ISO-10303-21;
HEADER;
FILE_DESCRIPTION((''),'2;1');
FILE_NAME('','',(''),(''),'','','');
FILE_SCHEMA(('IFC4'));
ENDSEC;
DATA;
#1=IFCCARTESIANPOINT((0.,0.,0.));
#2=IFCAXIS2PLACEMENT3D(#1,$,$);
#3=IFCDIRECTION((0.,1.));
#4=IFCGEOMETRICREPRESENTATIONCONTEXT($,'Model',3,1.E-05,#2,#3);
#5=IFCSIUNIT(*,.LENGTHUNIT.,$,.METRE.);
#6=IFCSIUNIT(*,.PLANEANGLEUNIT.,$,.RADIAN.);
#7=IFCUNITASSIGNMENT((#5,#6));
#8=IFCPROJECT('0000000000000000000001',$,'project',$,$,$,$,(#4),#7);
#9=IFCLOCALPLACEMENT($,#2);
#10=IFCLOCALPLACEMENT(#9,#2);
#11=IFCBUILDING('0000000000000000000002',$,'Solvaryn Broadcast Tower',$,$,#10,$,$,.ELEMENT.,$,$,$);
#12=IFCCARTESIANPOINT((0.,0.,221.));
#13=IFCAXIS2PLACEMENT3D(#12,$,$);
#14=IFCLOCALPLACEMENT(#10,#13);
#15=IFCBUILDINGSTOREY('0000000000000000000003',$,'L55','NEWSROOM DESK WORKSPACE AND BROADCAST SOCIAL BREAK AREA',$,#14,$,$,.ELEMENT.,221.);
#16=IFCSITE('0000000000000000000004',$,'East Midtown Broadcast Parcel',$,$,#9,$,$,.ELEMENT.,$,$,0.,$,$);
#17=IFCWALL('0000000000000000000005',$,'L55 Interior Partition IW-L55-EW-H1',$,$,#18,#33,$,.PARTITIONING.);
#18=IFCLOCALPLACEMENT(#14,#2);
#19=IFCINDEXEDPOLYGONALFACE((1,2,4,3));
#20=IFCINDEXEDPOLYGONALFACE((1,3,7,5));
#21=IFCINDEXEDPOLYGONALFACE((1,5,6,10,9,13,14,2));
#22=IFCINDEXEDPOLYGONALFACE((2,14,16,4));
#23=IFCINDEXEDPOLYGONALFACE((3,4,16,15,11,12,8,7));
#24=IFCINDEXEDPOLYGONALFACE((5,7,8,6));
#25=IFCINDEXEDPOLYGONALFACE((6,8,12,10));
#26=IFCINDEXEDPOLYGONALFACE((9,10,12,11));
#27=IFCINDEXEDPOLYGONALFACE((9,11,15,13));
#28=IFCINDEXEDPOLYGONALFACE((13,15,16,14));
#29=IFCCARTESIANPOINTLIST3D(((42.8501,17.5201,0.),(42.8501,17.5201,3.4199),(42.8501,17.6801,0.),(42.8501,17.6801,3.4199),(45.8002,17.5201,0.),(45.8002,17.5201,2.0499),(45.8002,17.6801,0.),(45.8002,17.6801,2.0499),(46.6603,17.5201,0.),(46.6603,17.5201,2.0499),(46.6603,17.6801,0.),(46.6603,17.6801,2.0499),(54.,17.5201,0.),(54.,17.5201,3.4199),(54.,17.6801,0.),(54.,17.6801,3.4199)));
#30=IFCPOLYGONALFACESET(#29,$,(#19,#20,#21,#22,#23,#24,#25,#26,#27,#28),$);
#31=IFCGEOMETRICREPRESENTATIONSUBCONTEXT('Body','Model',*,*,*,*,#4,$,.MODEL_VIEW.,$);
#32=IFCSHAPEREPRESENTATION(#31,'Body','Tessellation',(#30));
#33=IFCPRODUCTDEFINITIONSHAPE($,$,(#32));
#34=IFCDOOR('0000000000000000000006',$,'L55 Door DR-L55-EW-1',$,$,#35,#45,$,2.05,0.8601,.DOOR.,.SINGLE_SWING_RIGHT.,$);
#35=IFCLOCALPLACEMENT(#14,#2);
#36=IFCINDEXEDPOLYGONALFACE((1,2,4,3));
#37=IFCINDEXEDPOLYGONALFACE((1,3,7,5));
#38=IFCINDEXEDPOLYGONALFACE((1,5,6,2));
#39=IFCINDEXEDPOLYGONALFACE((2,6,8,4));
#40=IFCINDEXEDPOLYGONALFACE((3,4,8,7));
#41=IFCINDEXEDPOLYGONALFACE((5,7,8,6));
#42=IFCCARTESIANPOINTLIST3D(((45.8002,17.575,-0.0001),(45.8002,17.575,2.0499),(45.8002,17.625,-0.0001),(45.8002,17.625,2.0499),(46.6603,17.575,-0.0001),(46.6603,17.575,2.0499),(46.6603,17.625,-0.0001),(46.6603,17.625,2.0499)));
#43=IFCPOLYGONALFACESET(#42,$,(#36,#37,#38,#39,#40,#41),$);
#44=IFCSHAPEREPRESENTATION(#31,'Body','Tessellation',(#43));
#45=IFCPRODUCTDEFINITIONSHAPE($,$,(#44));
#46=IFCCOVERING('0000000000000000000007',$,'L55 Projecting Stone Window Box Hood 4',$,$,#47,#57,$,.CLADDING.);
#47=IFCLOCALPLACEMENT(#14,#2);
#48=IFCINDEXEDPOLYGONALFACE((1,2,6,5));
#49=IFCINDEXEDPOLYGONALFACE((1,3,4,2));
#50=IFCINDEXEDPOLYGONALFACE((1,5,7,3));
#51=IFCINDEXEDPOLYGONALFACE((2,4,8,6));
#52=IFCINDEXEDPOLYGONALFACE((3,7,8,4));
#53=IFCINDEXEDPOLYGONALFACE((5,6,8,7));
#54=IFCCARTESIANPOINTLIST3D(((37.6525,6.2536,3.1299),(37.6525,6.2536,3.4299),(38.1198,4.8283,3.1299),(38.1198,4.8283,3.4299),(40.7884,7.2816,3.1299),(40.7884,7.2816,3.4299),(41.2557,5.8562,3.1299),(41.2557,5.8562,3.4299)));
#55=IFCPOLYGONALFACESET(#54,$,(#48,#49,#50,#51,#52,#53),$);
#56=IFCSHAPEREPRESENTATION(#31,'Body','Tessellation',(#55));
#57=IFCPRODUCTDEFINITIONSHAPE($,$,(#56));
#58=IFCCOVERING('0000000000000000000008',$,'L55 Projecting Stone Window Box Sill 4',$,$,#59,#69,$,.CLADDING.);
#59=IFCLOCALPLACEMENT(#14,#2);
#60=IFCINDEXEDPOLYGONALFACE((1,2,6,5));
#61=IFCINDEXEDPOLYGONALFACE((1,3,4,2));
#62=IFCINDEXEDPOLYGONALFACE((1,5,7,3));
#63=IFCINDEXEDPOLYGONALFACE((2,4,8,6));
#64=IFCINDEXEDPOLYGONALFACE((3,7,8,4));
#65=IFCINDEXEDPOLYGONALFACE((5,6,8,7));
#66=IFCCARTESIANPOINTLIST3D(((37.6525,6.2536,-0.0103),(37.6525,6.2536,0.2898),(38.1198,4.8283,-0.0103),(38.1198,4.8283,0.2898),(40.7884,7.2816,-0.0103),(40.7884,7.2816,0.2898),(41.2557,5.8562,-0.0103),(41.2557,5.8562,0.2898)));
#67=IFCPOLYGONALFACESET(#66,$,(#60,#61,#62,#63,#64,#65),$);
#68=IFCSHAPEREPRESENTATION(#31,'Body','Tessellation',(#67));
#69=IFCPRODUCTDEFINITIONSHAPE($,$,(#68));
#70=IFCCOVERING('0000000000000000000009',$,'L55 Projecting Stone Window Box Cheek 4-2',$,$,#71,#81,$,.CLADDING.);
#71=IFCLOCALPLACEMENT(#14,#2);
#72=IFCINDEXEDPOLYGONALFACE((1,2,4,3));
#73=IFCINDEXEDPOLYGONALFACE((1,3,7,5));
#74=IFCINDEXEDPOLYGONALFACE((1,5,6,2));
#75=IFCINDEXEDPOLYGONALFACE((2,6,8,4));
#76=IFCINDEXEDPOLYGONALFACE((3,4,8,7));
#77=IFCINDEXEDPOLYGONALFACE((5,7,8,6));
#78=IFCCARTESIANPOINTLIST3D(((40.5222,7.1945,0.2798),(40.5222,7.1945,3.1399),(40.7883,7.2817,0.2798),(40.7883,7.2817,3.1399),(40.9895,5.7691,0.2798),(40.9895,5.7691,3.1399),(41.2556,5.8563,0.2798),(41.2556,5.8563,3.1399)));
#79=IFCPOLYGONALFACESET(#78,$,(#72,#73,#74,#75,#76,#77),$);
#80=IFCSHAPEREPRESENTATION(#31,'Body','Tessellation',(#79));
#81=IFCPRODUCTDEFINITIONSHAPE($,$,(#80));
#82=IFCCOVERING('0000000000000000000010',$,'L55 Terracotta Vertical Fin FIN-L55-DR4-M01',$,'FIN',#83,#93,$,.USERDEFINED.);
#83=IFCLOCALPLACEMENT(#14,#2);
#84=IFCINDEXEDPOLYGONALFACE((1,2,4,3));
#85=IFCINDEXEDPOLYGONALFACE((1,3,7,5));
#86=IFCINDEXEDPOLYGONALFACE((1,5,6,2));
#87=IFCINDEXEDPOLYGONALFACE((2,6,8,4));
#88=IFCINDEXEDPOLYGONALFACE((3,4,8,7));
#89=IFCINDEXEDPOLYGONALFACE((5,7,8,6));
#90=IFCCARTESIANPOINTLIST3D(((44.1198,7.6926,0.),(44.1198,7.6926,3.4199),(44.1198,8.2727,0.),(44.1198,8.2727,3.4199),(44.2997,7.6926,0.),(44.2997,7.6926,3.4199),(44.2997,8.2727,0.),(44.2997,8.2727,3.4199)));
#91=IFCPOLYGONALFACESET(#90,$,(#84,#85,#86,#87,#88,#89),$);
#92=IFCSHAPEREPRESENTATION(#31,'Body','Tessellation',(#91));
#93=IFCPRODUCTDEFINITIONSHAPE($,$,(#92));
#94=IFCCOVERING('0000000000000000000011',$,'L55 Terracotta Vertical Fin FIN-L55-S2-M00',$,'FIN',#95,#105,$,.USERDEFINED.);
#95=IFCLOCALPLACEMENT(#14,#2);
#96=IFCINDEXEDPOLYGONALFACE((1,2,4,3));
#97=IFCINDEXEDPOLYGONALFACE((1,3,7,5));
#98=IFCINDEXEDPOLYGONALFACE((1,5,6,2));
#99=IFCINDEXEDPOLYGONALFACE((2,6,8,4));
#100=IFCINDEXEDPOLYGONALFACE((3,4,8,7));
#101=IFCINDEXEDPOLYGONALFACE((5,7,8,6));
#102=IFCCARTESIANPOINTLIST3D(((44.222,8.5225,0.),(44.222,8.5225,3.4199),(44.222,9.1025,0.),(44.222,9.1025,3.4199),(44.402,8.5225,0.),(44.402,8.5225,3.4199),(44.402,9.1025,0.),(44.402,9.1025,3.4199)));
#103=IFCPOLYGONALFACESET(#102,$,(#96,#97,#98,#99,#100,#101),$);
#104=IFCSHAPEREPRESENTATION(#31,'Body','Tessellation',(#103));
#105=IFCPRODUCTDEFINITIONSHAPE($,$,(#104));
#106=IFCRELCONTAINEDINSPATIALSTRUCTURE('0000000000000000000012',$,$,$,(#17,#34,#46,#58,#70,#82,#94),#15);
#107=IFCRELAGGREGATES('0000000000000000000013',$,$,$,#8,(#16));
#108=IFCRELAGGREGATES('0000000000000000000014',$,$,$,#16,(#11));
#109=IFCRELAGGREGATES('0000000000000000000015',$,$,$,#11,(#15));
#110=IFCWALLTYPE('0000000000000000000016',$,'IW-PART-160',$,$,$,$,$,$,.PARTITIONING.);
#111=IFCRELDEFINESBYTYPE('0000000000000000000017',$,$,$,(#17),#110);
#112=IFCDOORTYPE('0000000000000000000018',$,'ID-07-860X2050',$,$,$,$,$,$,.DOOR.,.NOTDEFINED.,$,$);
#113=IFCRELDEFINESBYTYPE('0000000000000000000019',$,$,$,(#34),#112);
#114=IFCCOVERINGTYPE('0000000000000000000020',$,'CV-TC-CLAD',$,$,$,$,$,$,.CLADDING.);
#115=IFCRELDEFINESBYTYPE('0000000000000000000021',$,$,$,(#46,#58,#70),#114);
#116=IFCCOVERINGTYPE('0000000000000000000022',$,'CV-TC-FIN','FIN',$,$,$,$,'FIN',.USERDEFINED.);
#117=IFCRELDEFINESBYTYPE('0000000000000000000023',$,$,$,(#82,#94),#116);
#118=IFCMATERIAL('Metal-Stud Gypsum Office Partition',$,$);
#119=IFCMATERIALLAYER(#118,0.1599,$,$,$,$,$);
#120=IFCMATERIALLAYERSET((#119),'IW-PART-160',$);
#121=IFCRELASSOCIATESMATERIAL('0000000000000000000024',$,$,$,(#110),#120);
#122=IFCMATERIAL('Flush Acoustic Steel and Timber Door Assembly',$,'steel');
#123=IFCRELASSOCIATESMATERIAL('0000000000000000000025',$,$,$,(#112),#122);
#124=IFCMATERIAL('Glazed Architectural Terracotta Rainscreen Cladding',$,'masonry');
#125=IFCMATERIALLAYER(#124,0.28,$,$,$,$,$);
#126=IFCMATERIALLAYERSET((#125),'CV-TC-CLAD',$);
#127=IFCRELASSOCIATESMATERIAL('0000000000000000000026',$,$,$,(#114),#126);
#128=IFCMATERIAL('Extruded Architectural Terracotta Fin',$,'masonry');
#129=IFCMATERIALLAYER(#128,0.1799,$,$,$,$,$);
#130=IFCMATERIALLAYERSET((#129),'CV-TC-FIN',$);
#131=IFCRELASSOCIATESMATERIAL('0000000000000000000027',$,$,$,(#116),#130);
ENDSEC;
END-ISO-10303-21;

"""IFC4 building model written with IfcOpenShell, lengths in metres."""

from ifc_helpers import new_model, si_unit, direction, frame, frame_2d, origin, origin_2d, place, context, subcontext, project, spatial, rectangle, extrude, material, layer, layer_set, type_object, element, fill, save


model = new_model("IFC4")

# Units and contexts
model_context = context("Model", 3, precision=1e-05, world=origin(), true_north=direction((0.0, 1.0)))
body_context = subcontext(model_context, "Body", "Model", "MODEL_VIEW")
ifc_project = project(units=[si_unit("LENGTHUNIT", "METRE"), si_unit("PLANEANGLEUNIT", "RADIAN")], contexts=[model_context])

# Site, building, storey
site_placement = place(None, origin())
site = spatial("IfcSite", under=ifc_project, at=site_placement, Name="East Midtown Broadcast Parcel", CompositionType="ELEMENT", RefElevation=0.0)
building_placement = place(site_placement, origin())
building = spatial("IfcBuilding", under=site, at=building_placement, Name="Solvaryn Broadcast Tower", CompositionType="ELEMENT")
storey_placement = place(building_placement, frame((0.0, 0.0, 221.0)))
storey = spatial("IfcBuildingStorey", under=building, at=storey_placement, Name="L55", Description="NEWSROOM DESK WORKSPACE AND BROADCAST SOCIAL BREAK AREA", CompositionType="ELEMENT", Elevation=221.0)

# Shared definitions
ifc_material_1 = material(Name="Metal-Stud Gypsum Office Partition")
ifc_layer_1 = layer(ifc_material_1, 0.1599)
ifc_layer_set_1 = layer_set([ifc_layer_1], Name="IW-PART-160")
wall_type_1 = type_object("IfcWallType", Name="IW-PART-160", PredefinedType="PARTITIONING", material=ifc_layer_set_1)

# Wall, opening, door
wall_1_placement = place(storey_placement, frame((42.8501, 17.6001, 0.0), z_axis=(0.0, 0.0, 1.0), x_axis=(1.0, 0.0, 0.0)))
wall_1 = element("IfcWall", 1, at=wall_1_placement, inside=storey, type_object=wall_type_1, Name="L55 Interior Partition IW-L55-EW-H1", PredefinedType="PARTITIONING", context=body_context, shape_type="SweptSolid", body=[
    extrude(rectangle(XDim=11.1499, YDim=0.1599, at=frame_2d((5.575, 0.0))), origin(), (0.0, 0.0, 1.0), 3.4199),
])
opening_1_placement = place(wall_1_placement, frame((2.95, 0.0, 0.0)))
opening_1 = element("IfcOpeningElement", 2, at=opening_1_placement, cuts=wall_1, PredefinedType="OPENING", context=body_context, shape_type="SweptSolid", body=[
    extrude(rectangle(XDim=0.8601, YDim=2.05, at=frame_2d((0.4302, 1.0249))), frame((0.0, 0.0901, 0.0), z_axis=(0.0, -1.0, 0.0), x_axis=(1.0, 0.0, 0.0)), (0.0, 0.0, 1.0), 0.1799),
])
ifc_material_2 = material(Name="Flush Acoustic Steel and Timber Door Assembly", Category="steel")
door_type_1 = type_object("IfcDoorType", Name="ID-07-860X2050", OperationType="NOTDEFINED", PredefinedType="DOOR", material=ifc_material_2)
door_1_placement = place(opening_1_placement, origin())
door_1 = element("IfcDoor", 3, at=door_1_placement, inside=storey, type_object=door_type_1, Name="L55 Door DR-L55-EW-1", OperationType="SINGLE_SWING_RIGHT", OverallHeight=2.05, OverallWidth=0.8601, PredefinedType="DOOR", context=body_context, shape_type="SweptSolid", body=[
    extrude(rectangle(XDim=0.8601, YDim=2.05, at=frame_2d((0.4302, 1.0249))), frame((0.0, 0.0249, 0.0), z_axis=(0.0, -1.0, 0.0), x_axis=(1.0, 0.0, 0.0)), (0.0, 0.0, 1.0), 0.05),
])
fill(opening_1, door_1)

# Coverings
ifc_material_3 = material(Name="Glazed Architectural Terracotta Rainscreen Cladding", Category="masonry")
ifc_layer_2 = layer(ifc_material_3, 0.28)
ifc_layer_set_2 = layer_set([ifc_layer_2], Name="CV-TC-CLAD")
covering_type_1 = type_object("IfcCoveringType", Name="CV-TC-CLAD", PredefinedType="CLADDING", material=ifc_layer_set_2)
for number, where, z_axis, x_axis, name in (
    (4, (39.4541, 6.0549, 3.1299), (0.0, 0.0, 1.0), (0.950244, 0.311506, 0.0), "L55 Projecting Stone Window Box Hood 4"),
    (5, (39.4541, 6.0549, -0.0103), (0.0, 0.0, 1.0), (0.950244, 0.311506, 0.0), "L55 Projecting Stone Window Box Sill 4"),
):
    element("IfcCovering", number, at=place(storey_placement, frame(where, z_axis=z_axis, x_axis=x_axis)), inside=storey, type_object=covering_type_1, Name=name, PredefinedType="CLADDING", context=body_context, shape_type="SweptSolid", body=[
        extrude(rectangle(XDim=3.3, YDim=1.5, at=origin_2d()), origin(), (0.0, 0.0, 1.0), 0.3),
    ])
covering_placement = place(storey_placement, frame((40.8889, 6.5254, 0.2798), z_axis=(0.0, 0.0, 1.0), x_axis=(0.950244, 0.311506, 0.0)))
element("IfcCovering", 6, at=covering_placement, inside=storey, type_object=covering_type_1, Name="L55 Projecting Stone Window Box Cheek 4-2", PredefinedType="CLADDING", context=body_context, shape_type="SweptSolid", body=[
    extrude(rectangle(XDim=0.28, YDim=1.5, at=origin_2d()), origin(), (0.0, 0.0, 1.0), 2.8601),
])
ifc_material_4 = material(Name="Extruded Architectural Terracotta Fin", Category="masonry")
ifc_layer_3 = layer(ifc_material_4, 0.1799)
ifc_layer_set_3 = layer_set([ifc_layer_3], Name="CV-TC-FIN")
covering_type_2 = type_object("IfcCoveringType", Name="CV-TC-FIN", Description="FIN", ElementType="FIN", PredefinedType="USERDEFINED", material=ifc_layer_set_3)
for number, where, z_axis, x_axis, name in (
    (7, (44.2097, 7.9827, 0.0), (0.0, 0.0, 1.0), (1.0, 0.0, 0.0), "L55 Terracotta Vertical Fin FIN-L55-DR4-M01"),
    (8, (44.312, 8.8125, 0.0), (0.0, 0.0, 1.0), (1.0, 0.0, 0.0), "L55 Terracotta Vertical Fin FIN-L55-S2-M00"),
):
    element("IfcCovering", number, at=place(storey_placement, frame(where, z_axis=z_axis, x_axis=x_axis)), inside=storey, type_object=covering_type_2, Name=name, ObjectType="FIN", PredefinedType="USERDEFINED", context=body_context, shape_type="SweptSolid", body=[
        extrude(rectangle(XDim=0.1799, YDim=0.5801, at=origin_2d()), origin(), (0.0, 0.0, 1.0), 3.4199),
    ])

save(model, "model.ifc")
